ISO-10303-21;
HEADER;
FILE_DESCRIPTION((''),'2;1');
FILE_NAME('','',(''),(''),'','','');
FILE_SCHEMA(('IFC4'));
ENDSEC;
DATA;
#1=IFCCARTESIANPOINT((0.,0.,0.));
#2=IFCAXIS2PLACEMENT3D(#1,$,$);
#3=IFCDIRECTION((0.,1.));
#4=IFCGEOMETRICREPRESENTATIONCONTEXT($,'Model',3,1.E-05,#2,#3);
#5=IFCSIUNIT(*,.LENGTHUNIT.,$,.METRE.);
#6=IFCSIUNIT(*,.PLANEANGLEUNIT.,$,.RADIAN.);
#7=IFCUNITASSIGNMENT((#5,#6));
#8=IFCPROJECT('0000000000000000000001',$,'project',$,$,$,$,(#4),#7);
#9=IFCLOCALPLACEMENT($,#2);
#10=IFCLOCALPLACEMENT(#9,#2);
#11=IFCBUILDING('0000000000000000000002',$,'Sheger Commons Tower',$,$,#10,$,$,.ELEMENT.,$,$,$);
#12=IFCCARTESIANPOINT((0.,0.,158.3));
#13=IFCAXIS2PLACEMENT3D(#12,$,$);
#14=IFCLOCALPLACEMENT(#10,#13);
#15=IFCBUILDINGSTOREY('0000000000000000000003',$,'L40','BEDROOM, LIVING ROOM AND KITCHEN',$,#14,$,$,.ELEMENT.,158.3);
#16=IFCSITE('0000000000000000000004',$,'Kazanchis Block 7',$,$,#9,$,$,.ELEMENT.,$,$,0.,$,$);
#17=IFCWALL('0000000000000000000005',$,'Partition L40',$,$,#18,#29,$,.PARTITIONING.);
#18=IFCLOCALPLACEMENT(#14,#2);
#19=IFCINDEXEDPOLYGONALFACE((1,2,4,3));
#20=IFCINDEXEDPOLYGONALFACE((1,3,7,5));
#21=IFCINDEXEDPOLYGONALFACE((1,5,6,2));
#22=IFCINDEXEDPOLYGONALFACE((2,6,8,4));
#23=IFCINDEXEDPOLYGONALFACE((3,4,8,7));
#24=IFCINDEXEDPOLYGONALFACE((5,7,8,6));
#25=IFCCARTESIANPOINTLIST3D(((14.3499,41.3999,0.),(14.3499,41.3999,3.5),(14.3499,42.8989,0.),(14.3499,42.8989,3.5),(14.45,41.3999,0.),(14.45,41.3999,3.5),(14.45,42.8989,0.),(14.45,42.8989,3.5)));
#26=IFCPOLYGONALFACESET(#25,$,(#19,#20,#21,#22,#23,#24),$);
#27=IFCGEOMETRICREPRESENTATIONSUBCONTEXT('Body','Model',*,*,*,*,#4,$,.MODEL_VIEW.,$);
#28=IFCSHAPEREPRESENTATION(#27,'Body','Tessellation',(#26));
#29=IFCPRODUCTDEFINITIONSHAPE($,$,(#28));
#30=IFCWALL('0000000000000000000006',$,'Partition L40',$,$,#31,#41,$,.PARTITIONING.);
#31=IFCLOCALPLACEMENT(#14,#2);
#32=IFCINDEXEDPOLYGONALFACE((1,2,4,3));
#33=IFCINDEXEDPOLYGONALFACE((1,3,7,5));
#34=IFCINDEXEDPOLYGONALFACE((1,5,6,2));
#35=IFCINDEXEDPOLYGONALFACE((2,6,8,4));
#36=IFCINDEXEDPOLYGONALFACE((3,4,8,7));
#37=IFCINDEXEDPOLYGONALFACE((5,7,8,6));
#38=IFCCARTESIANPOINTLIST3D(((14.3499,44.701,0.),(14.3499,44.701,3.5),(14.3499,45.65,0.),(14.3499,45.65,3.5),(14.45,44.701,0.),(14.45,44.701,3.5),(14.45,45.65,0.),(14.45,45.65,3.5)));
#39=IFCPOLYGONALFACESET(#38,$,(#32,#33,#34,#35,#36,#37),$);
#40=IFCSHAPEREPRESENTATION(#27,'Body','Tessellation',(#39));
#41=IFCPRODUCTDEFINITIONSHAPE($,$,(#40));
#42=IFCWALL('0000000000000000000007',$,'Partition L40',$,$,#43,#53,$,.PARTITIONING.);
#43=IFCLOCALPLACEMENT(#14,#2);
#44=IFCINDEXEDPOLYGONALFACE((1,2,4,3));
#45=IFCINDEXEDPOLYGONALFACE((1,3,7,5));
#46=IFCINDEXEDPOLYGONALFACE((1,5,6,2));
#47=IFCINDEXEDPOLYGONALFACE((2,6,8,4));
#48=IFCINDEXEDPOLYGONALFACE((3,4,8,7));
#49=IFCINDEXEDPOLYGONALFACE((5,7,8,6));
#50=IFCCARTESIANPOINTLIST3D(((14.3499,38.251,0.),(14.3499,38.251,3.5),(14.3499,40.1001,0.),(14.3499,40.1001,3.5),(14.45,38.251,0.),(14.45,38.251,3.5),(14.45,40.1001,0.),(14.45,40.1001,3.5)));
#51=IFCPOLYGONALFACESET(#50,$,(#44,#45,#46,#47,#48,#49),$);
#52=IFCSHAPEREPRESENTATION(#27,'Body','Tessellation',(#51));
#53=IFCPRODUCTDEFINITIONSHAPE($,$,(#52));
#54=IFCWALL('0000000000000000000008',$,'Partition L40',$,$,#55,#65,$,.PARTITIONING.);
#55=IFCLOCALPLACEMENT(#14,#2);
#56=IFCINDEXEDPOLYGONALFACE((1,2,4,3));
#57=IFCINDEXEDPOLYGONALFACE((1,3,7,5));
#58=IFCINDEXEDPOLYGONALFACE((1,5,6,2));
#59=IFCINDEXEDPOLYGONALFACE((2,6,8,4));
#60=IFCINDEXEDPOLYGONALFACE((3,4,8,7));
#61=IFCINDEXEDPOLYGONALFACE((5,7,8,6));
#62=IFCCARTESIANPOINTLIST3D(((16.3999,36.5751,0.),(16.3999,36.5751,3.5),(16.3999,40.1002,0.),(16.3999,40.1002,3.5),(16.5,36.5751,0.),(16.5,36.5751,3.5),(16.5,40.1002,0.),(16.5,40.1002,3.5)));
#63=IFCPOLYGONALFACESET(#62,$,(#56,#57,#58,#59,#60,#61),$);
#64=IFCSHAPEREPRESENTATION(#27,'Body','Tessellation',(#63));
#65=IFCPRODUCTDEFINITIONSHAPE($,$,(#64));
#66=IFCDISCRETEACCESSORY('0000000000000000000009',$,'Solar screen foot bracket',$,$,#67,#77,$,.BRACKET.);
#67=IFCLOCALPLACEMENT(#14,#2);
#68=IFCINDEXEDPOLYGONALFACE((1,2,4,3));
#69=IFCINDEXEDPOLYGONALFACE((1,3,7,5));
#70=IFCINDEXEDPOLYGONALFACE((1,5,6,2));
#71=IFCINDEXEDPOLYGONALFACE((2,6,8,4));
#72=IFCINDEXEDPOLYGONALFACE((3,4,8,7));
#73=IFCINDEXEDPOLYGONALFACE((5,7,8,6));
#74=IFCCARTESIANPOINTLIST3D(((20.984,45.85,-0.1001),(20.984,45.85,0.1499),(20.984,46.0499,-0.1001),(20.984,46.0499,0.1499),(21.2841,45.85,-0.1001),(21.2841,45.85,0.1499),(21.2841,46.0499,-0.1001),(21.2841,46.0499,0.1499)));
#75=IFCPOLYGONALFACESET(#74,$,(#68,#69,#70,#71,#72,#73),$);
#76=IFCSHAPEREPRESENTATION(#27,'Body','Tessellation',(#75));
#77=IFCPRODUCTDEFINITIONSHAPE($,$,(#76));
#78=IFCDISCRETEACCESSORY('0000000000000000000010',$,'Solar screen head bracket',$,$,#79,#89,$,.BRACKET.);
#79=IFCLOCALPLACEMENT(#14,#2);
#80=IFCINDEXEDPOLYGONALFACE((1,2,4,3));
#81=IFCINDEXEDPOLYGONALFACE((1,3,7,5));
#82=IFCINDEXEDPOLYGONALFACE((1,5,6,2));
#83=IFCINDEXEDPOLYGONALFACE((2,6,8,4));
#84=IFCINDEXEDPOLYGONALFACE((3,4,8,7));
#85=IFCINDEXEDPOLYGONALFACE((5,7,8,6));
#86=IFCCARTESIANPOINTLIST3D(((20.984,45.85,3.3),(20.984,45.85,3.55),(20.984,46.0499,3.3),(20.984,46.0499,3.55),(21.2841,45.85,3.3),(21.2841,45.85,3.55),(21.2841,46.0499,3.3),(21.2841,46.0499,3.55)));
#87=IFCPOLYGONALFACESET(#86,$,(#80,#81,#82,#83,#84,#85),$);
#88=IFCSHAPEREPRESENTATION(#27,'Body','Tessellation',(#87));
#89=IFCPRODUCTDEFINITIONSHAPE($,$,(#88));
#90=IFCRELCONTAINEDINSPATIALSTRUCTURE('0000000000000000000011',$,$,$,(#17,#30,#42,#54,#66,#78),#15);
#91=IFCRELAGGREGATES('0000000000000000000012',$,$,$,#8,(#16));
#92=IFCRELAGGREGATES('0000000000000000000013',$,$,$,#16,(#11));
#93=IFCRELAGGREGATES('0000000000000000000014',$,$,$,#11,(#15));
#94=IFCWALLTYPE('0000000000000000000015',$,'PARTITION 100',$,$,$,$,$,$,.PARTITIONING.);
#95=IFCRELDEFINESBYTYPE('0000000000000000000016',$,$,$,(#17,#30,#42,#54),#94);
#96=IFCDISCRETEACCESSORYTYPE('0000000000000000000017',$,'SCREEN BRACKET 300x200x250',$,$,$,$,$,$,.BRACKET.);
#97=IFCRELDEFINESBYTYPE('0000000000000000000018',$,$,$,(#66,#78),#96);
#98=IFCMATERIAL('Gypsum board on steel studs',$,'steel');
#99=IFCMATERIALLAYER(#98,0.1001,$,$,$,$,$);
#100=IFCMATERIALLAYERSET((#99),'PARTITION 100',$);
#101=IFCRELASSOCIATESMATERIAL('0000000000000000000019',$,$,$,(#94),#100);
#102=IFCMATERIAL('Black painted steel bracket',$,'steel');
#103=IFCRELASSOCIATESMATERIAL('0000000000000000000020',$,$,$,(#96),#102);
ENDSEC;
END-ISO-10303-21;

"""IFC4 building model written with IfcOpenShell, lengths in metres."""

from ifc_helpers import new_model, si_unit, direction, frame, frame_2d, origin, origin_2d, place, context, subcontext, project, spatial, rectangle, extrude, material, layer, layer_set, type_object, element, save


model = new_model("IFC4")

# Units and contexts
model_context = context("Model", 3, precision=1e-05, world=origin(), true_north=direction((0.0, 1.0)))
body_context = subcontext(model_context, "Body", "Model", "MODEL_VIEW")
ifc_project = project(units=[si_unit("LENGTHUNIT", "METRE"), si_unit("PLANEANGLEUNIT", "RADIAN")], contexts=[model_context])

# Site, building, storey
site_placement = place(None, origin())
site = spatial("IfcSite", under=ifc_project, at=site_placement, Name="Kazanchis Block 7", CompositionType="ELEMENT", RefElevation=0.0)
building_placement = place(site_placement, origin())
building = spatial("IfcBuilding", under=site, at=building_placement, Name="Sheger Commons Tower", CompositionType="ELEMENT")
storey_placement = place(building_placement, frame((0.0, 0.0, 158.3)))
storey = spatial("IfcBuildingStorey", under=building, at=storey_placement, Name="L40", Description="BEDROOM, LIVING ROOM AND KITCHEN", CompositionType="ELEMENT", Elevation=158.3)

# Shared definitions
ifc_material_1 = material(Name="Gypsum board on steel studs", Category="steel")
ifc_layer_1 = layer(ifc_material_1, 0.1001)
ifc_layer_set_1 = layer_set([ifc_layer_1], Name="PARTITION 100")
wall_type_1 = type_object("IfcWallType", Name="PARTITION 100", PredefinedType="PARTITIONING", material=ifc_layer_set_1)

# Walls
wall_1_placement = place(storey_placement, frame((14.3999, 41.3999, 0.0), z_axis=(0.0, 0.0, 1.0), x_axis=(0.0, 1.0, 0.0)))
element("IfcWall", 1, at=wall_1_placement, inside=storey, type_object=wall_type_1, Name="Partition L40", PredefinedType="PARTITIONING", context=body_context, shape_type="SweptSolid", body=[
    extrude(rectangle(XDim=1.499, YDim=0.1001, at=frame_2d((0.7495, 0.0))), origin(), (0.0, 0.0, 1.0), 3.5),
])
wall_2_placement = place(storey_placement, frame((14.3999, 44.7009, 0.0), z_axis=(0.0, 0.0, 1.0), x_axis=(0.0, 1.0, 0.0)))
element("IfcWall", 2, at=wall_2_placement, inside=storey, type_object=wall_type_1, Name="Partition L40", PredefinedType="PARTITIONING", context=body_context, shape_type="SweptSolid", body=[
    extrude(rectangle(XDim=0.949, YDim=0.1001, at=frame_2d((0.4746, 0.0))), origin(), (0.0, 0.0, 1.0), 3.5),
])
wall_3_placement = place(storey_placement, frame((14.3999, 38.251, 0.0), z_axis=(0.0, 0.0, 1.0), x_axis=(0.0, 1.0, 0.0)))
element("IfcWall", 3, at=wall_3_placement, inside=storey, type_object=wall_type_1, Name="Partition L40", PredefinedType="PARTITIONING", context=body_context, shape_type="SweptSolid", body=[
    extrude(rectangle(XDim=1.8491, YDim=0.1001, at=frame_2d((0.9246, 0.0))), origin(), (0.0, 0.0, 1.0), 3.5),
])
wall_4_placement = place(storey_placement, frame((16.45, 36.575, 0.0), z_axis=(0.0, 0.0, 1.0), x_axis=(0.0, 1.0, 0.0)))
element("IfcWall", 4, at=wall_4_placement, inside=storey, type_object=wall_type_1, Name="Partition L40", PredefinedType="PARTITIONING", context=body_context, shape_type="SweptSolid", body=[
    extrude(rectangle(XDim=3.5251, YDim=0.1001, at=frame_2d((1.7627, 0.0))), origin(), (0.0, 0.0, 1.0), 3.5),
])

# Discrete accessories
ifc_material_2 = material(Name="Black painted steel bracket", Category="steel")
discrete_accessory_type = type_object("IfcDiscreteAccessoryType", Name="SCREEN BRACKET 300x200x250", PredefinedType="BRACKET", material=ifc_material_2)
for number, where, z_axis, x_axis, name in (
    (5, (21.134, 45.95, -0.1001), (0.0, 0.0, 1.0), (-1.0, 0.0, 0.0), "Solar screen foot bracket"),
    (6, (21.134, 45.95, 3.3), (0.0, 0.0, 1.0), (-1.0, 0.0, 0.0), "Solar screen head bracket"),
):
    element("IfcDiscreteAccessory", number, at=place(storey_placement, frame(where, z_axis=z_axis, x_axis=x_axis)), inside=storey, type_object=discrete_accessory_type, Name=name, PredefinedType="BRACKET", context=body_context, shape_type="SweptSolid", body=[
        extrude(rectangle(XDim=0.3, YDim=0.2, at=origin_2d()), origin(), (0.0, 0.0, 1.0), 0.25),
    ])

save(model, "model.ifc")
